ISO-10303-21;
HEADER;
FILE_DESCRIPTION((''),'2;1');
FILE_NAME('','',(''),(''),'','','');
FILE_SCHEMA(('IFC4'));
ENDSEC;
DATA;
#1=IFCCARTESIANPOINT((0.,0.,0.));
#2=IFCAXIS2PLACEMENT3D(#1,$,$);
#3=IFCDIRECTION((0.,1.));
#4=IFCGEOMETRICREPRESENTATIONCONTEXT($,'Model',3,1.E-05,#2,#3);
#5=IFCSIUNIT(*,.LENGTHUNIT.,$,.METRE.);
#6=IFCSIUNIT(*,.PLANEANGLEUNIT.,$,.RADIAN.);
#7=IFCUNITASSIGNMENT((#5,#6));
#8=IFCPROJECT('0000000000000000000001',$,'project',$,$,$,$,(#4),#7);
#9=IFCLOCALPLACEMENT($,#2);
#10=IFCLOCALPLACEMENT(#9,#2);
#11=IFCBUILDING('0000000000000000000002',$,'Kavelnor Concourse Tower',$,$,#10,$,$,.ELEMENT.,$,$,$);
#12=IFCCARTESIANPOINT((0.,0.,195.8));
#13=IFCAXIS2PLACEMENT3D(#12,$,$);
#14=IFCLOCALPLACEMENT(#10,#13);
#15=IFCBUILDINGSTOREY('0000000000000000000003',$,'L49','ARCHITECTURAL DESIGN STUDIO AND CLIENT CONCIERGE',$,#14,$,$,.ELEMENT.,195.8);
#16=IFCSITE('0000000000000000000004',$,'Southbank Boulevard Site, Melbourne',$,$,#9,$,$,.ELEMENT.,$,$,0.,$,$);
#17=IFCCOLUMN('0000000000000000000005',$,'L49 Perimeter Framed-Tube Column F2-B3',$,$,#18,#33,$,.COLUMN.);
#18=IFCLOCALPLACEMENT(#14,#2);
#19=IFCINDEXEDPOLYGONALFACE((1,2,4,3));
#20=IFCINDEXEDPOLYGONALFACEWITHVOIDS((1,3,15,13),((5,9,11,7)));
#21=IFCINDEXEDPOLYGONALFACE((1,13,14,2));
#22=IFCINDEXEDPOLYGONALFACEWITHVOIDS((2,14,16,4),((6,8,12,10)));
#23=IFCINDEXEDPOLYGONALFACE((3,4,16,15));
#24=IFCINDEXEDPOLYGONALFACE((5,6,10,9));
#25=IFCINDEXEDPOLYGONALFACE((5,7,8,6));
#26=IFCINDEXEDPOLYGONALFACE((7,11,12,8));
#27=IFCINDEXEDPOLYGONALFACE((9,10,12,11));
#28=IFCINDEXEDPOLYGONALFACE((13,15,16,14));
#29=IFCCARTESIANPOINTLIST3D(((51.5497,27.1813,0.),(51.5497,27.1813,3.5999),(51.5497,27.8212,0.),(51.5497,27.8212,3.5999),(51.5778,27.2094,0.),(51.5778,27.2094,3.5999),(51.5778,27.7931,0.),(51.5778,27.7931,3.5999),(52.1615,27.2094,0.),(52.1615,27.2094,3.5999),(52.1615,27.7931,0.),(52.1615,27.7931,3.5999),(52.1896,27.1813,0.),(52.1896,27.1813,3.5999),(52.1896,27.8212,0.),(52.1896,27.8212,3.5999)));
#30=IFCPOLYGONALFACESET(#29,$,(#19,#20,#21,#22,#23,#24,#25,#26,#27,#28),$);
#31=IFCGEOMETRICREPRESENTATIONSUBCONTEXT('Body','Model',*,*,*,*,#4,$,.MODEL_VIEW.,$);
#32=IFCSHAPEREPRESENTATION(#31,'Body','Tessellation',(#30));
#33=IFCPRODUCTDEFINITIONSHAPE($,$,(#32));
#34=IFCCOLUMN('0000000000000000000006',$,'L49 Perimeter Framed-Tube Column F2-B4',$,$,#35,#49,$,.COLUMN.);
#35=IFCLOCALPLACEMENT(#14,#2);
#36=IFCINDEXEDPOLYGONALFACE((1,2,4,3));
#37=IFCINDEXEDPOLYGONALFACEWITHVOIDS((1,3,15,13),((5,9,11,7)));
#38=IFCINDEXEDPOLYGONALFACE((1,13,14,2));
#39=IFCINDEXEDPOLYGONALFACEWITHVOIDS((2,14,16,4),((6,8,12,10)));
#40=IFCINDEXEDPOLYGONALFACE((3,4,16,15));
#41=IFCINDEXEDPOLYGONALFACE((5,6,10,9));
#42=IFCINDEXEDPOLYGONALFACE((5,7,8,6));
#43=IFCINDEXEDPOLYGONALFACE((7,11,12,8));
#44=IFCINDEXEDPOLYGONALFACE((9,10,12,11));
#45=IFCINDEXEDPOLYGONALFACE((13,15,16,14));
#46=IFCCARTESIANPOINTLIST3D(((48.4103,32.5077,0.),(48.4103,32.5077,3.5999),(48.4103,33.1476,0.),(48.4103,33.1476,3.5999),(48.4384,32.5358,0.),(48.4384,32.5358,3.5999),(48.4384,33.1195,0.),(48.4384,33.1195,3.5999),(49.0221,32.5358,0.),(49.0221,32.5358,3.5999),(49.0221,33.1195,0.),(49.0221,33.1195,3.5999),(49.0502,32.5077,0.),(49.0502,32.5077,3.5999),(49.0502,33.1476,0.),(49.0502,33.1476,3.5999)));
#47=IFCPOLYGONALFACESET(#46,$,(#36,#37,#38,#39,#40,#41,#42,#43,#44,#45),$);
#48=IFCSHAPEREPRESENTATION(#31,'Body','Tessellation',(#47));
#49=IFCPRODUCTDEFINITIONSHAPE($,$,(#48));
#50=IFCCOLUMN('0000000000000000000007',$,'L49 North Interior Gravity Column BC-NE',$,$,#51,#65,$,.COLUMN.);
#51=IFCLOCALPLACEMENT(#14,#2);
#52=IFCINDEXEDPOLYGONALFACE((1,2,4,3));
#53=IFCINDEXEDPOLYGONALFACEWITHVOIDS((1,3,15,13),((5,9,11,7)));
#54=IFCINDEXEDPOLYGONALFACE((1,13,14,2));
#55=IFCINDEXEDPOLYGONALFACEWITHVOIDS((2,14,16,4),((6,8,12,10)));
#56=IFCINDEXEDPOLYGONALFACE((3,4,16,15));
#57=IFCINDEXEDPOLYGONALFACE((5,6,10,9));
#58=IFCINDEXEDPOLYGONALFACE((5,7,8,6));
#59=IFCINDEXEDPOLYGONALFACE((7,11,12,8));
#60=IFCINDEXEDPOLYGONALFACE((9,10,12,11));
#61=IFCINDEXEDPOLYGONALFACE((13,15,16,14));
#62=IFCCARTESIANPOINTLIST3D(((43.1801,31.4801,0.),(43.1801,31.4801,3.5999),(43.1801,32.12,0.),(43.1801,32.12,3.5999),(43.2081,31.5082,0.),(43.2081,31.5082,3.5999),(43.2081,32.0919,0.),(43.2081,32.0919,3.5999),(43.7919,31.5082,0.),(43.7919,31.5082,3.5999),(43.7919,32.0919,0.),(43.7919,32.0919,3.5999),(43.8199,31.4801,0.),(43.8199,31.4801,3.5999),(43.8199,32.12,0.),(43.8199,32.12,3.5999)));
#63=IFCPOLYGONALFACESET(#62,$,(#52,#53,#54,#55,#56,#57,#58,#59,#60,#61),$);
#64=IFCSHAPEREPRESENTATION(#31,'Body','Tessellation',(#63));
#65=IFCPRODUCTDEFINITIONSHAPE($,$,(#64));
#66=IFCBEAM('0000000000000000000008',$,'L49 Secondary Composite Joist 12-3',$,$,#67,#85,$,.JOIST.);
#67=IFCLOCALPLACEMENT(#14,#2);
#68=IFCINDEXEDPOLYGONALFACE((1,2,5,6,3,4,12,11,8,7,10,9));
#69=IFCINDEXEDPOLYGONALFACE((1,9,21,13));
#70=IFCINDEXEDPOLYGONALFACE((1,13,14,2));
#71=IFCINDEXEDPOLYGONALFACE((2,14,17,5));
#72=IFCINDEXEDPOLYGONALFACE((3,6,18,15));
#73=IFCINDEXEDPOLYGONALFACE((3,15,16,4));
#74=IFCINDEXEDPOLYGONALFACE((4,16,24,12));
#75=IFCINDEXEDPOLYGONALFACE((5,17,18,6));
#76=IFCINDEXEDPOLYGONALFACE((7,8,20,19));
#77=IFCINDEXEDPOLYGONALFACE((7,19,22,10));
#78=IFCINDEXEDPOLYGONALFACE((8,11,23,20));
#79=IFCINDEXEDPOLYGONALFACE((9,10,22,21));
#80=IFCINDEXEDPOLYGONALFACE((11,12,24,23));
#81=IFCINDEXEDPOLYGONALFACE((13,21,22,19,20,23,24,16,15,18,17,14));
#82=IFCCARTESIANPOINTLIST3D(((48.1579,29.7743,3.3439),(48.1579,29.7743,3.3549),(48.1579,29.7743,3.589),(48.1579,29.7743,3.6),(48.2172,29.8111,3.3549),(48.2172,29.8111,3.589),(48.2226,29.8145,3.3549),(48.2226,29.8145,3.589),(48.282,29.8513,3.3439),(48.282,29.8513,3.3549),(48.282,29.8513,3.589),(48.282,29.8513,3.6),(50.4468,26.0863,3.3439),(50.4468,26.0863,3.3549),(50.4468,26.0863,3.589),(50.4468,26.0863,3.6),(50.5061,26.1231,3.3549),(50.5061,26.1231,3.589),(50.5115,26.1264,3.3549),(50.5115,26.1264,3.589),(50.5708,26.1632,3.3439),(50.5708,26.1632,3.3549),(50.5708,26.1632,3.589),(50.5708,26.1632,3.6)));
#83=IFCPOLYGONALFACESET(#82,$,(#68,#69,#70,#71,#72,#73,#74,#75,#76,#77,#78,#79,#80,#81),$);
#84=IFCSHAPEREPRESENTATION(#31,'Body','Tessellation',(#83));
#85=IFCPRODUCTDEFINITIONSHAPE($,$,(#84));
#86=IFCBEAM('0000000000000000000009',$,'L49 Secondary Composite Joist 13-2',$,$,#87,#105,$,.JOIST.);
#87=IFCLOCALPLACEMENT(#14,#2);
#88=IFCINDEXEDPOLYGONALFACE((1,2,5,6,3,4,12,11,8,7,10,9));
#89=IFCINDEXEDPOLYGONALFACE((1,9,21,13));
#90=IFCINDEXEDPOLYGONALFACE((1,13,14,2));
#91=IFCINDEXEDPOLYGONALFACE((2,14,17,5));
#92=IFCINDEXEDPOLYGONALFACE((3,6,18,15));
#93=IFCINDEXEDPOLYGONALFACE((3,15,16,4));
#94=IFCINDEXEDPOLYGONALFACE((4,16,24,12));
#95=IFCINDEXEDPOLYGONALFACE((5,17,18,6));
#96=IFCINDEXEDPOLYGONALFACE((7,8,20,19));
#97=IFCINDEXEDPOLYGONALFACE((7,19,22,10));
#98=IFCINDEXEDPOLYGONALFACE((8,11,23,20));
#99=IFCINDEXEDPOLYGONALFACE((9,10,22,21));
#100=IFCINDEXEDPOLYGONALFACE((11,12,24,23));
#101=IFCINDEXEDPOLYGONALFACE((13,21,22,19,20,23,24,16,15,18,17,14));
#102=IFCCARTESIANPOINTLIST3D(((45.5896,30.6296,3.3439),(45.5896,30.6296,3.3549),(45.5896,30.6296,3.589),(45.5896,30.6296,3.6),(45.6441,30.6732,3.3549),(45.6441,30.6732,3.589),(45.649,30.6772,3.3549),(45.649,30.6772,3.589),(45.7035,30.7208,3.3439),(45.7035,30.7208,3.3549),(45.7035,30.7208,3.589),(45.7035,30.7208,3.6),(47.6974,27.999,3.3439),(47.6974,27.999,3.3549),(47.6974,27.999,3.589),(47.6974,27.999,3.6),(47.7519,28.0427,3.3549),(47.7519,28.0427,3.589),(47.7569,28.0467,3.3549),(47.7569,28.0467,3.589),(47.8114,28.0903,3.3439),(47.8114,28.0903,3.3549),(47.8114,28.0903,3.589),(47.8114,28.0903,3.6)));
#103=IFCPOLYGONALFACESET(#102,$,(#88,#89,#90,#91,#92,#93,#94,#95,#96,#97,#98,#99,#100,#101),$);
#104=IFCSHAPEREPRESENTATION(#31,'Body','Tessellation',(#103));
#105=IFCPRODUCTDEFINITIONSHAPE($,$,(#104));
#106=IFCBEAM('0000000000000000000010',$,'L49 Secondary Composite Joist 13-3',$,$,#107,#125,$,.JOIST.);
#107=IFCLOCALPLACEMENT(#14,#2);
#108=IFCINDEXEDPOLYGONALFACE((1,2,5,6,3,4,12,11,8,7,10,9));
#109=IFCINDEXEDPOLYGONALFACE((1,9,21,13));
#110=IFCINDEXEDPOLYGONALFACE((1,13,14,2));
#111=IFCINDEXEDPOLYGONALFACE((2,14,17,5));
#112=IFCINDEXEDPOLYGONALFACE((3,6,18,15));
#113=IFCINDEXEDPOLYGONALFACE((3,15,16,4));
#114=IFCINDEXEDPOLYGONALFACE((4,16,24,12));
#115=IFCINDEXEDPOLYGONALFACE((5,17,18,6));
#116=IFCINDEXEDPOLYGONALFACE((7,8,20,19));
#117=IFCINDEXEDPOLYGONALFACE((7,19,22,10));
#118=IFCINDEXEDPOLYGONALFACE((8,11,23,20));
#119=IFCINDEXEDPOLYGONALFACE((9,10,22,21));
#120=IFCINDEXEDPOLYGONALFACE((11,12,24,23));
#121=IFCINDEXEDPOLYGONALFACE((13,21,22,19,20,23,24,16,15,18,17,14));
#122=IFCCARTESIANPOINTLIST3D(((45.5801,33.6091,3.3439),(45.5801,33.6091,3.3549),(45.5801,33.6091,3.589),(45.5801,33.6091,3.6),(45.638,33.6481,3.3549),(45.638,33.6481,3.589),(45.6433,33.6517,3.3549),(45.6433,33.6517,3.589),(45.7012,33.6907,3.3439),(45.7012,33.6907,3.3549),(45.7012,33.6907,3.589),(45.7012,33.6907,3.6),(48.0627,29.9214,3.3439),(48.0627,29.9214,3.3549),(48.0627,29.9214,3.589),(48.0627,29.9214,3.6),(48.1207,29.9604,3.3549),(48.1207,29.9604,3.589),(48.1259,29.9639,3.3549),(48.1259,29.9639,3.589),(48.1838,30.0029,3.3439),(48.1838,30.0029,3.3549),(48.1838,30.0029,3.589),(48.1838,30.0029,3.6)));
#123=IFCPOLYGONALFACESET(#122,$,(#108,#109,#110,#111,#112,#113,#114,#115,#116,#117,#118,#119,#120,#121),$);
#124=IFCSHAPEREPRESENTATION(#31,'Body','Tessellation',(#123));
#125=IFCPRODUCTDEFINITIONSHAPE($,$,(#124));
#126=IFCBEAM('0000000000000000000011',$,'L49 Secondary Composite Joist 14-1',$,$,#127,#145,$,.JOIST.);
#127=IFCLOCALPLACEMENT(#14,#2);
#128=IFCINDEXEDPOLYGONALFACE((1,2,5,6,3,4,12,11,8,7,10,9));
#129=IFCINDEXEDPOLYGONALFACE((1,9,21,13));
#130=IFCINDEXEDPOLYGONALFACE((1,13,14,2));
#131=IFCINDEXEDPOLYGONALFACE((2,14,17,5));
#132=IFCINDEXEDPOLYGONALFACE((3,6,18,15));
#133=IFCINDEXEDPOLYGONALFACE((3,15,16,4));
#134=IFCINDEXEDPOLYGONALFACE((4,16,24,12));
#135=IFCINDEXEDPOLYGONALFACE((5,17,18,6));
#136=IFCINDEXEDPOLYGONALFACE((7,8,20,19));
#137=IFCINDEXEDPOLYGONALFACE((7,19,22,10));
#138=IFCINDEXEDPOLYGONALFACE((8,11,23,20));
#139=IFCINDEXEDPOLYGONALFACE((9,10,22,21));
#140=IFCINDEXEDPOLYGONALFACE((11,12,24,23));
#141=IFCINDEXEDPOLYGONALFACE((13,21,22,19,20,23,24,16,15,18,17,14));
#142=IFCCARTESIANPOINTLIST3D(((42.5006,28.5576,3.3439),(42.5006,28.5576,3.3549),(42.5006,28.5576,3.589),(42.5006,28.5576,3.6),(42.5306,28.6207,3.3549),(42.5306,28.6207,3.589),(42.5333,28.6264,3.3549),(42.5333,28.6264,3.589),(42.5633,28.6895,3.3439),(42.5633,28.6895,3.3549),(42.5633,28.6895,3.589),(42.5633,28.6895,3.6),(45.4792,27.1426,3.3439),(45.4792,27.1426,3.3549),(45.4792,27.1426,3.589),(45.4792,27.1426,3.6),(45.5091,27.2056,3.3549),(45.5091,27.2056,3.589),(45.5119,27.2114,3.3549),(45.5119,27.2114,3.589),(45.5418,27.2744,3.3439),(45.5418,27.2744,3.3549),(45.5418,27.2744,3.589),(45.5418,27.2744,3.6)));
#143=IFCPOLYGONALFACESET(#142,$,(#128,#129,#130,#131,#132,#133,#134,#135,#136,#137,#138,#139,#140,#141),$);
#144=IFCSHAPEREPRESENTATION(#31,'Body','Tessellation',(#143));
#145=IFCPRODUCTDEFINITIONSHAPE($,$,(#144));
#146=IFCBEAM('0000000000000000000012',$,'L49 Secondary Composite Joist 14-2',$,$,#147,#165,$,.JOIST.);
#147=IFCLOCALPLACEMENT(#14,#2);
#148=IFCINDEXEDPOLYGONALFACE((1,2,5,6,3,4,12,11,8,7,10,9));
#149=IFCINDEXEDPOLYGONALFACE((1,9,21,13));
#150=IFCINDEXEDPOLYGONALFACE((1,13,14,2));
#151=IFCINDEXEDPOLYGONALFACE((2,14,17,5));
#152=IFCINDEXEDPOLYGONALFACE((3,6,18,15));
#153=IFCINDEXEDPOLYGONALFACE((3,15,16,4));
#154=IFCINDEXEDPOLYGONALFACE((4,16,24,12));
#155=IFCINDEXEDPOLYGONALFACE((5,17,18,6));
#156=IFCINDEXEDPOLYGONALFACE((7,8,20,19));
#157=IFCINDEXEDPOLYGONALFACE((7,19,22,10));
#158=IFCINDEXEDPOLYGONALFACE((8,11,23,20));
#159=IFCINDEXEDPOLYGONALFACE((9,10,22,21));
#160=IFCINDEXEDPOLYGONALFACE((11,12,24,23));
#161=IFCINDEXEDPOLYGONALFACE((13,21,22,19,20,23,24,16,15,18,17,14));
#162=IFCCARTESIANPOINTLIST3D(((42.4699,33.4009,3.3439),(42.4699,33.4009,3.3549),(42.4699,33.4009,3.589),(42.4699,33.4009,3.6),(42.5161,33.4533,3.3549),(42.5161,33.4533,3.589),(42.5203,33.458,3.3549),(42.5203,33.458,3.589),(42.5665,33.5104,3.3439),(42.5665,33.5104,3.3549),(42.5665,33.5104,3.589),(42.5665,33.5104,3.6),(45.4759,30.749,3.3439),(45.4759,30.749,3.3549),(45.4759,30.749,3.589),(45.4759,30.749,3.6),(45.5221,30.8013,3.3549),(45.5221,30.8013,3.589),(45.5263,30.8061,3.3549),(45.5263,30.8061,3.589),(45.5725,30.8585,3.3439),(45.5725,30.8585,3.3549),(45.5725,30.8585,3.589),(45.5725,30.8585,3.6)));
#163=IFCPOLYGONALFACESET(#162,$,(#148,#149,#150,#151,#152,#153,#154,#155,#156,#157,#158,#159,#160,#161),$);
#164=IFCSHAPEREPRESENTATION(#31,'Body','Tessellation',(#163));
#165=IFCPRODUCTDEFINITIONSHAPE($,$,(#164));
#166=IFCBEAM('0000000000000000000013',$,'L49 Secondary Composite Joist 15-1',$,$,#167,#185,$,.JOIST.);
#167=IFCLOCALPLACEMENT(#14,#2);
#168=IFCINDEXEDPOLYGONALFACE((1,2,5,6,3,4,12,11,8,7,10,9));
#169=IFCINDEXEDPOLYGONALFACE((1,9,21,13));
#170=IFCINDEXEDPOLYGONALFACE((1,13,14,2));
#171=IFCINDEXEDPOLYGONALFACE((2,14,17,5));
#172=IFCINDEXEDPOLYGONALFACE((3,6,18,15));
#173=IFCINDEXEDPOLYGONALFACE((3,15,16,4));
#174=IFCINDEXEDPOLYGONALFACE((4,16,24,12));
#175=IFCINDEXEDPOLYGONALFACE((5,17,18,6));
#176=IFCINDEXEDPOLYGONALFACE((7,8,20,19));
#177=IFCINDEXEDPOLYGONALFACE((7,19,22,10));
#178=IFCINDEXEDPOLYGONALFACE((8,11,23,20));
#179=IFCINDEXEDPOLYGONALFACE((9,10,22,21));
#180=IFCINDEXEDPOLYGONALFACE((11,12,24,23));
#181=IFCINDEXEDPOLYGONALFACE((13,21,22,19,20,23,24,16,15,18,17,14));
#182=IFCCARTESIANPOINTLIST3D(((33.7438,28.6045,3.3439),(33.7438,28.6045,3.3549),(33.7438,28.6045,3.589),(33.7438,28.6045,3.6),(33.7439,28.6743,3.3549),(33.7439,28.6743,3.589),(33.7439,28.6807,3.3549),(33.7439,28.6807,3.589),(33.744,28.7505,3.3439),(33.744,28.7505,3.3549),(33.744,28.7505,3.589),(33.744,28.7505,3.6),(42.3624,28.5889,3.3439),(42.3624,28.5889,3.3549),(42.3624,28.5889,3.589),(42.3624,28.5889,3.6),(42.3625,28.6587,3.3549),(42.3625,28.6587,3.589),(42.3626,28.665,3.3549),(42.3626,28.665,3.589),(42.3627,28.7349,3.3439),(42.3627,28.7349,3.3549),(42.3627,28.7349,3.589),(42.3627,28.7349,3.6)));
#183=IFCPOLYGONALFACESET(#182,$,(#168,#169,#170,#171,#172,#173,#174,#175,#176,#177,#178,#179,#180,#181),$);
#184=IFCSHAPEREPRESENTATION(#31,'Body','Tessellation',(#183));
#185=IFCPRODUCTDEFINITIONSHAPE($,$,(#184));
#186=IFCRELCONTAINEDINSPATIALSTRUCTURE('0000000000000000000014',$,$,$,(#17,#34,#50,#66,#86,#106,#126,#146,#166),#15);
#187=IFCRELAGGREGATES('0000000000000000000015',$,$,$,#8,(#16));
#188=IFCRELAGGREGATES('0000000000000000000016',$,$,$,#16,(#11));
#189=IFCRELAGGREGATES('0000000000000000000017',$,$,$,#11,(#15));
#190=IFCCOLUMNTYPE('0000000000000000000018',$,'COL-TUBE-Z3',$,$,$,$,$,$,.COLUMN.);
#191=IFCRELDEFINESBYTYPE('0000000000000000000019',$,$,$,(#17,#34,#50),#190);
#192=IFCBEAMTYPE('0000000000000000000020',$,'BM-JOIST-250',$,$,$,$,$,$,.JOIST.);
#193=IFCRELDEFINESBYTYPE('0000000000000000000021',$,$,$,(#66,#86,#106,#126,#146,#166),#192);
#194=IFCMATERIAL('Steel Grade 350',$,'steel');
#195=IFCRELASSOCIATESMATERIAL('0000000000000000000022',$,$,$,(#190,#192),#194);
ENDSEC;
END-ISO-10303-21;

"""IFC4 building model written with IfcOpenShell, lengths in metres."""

from ifc_helpers import new_model, si_unit, direction, frame, origin, origin_2d, place, context, subcontext, project, spatial, hollow_rectangle, i_section, extrude, material, material_profile, profile_set, type_object, element, save


model = new_model("IFC4")

# Units and contexts
model_context = context("Model", 3, precision=1e-05, world=origin(), true_north=direction((0.0, 1.0)))
body_context = subcontext(model_context, "Body", "Model", "MODEL_VIEW")
ifc_project = project(units=[si_unit("LENGTHUNIT", "METRE"), si_unit("PLANEANGLEUNIT", "RADIAN")], contexts=[model_context])

# Site, building, storey
site_placement = place(None, origin())
site = spatial("IfcSite", under=ifc_project, at=site_placement, Name="Southbank Boulevard Site, Melbourne", CompositionType="ELEMENT", RefElevation=0.0)
building_placement = place(site_placement, origin())
building = spatial("IfcBuilding", under=site, at=building_placement, Name="Kavelnor Concourse Tower", CompositionType="ELEMENT")
storey_placement = place(building_placement, frame((0.0, 0.0, 195.8)))
storey = spatial("IfcBuildingStorey", under=building, at=storey_placement, Name="L49", Description="ARCHITECTURAL DESIGN STUDIO AND CLIENT CONCIERGE", CompositionType="ELEMENT", Elevation=195.8)

# Columns
ifc_material_1 = material(Name="Steel Grade 350", Category="steel")
ifc_material_profile_1 = material_profile(ifc_material_1, hollow_rectangle(XDim=0.6399, YDim=0.6399, WallThickness=0.0281, at=origin_2d()), Name="SHS 640x640x28")
ifc_profile_set_1 = profile_set([ifc_material_profile_1], Name="Steel Grade 350")
column_type = type_object("IfcColumnType", Name="COL-TUBE-Z3", PredefinedType="COLUMN", material=ifc_profile_set_1)
for number, where, z_axis, x_axis, name in (
    (1, (51.8696, 27.5012, 0.0), (0.0, 0.0, 1.0), (1.0, 0.0, 0.0), "L49 Perimeter Framed-Tube Column F2-B3"),
    (2, (48.7302, 32.8276, 0.0), (0.0, 0.0, 1.0), (1.0, 0.0, 0.0), "L49 Perimeter Framed-Tube Column F2-B4"),
    (3, (43.5, 31.8, 0.0), (0.0, 0.0, 1.0), (1.0, 0.0, 0.0), "L49 North Interior Gravity Column BC-NE"),
):
    element("IfcColumn", number, at=place(storey_placement, frame(where, z_axis=z_axis, x_axis=x_axis)), inside=storey, type_object=column_type, Name=name, PredefinedType="COLUMN", context=body_context, shape_type="SweptSolid", body=[
        extrude(hollow_rectangle(XDim=0.6399, YDim=0.6399, WallThickness=0.0281, at=origin_2d()), origin(), (0.0, 0.0, 1.0), 3.5999),
    ])

# Beams
ifc_material_profile_2 = material_profile(ifc_material_1, i_section(OverallWidth=0.146, OverallDepth=0.2561, WebThickness=0.0063, FlangeThickness=0.011, at=origin_2d()), Name="250UB37")
ifc_profile_set_2 = profile_set([ifc_material_profile_2], Name="Steel Grade 350")
beam_type_1 = type_object("IfcBeamType", Name="BM-JOIST-250", PredefinedType="JOIST", material=ifc_profile_set_2)
beam_1_placement = place(storey_placement, frame((50.5088, 26.1248, 3.4719), z_axis=(-0.527317, 0.849669, 0.0), x_axis=(-0.849669, -0.527317, 0.0)))
element("IfcBeam", 4, at=beam_1_placement, inside=storey, type_object=beam_type_1, Name="L49 Secondary Composite Joist 12-3", PredefinedType="JOIST", context=body_context, shape_type="SweptSolid", body=[
    extrude(i_section(OverallWidth=0.146, OverallDepth=0.2561, WebThickness=0.0063, FlangeThickness=0.011, at=origin_2d()), origin(), (0.0, 0.0, 1.0), 4.3406),
])
beam_2_placement = place(storey_placement, frame((47.7544, 28.0447, 3.4719), z_axis=(-0.625313, 0.780374, 0.0), x_axis=(-0.780374, -0.625313, 0.0)))
element("IfcBeam", 5, at=beam_2_placement, inside=storey, type_object=beam_type_1, Name="L49 Secondary Composite Joist 13-2", PredefinedType="JOIST", context=body_context, shape_type="SweptSolid", body=[
    extrude(i_section(OverallWidth=0.146, OverallDepth=0.2561, WebThickness=0.0063, FlangeThickness=0.011, at=origin_2d()), origin(), (0.0, 0.0, 1.0), 3.3708),
])
beam_3_placement = place(storey_placement, frame((48.1233, 29.9622, 3.4719), z_axis=(-0.558458, 0.829532, 0.0), x_axis=(-0.829532, -0.558458, 0.0)))
element("IfcBeam", 6, at=beam_3_placement, inside=storey, type_object=beam_type_1, Name="L49 Secondary Composite Joist 13-3", PredefinedType="JOIST", context=body_context, shape_type="SweptSolid", body=[
    extrude(i_section(OverallWidth=0.146, OverallDepth=0.2561, WebThickness=0.0063, FlangeThickness=0.011, at=origin_2d()), origin(), (0.0, 0.0, 1.0), 4.4456),
])
beam_4_placement = place(storey_placement, frame((45.5105, 27.2085, 3.4719), z_axis=(-0.903249, 0.429117, 0.0), x_axis=(-0.429117, -0.903249, 0.0)))
element("IfcBeam", 7, at=beam_4_placement, inside=storey, type_object=beam_type_1, Name="L49 Secondary Composite Joist 14-1", PredefinedType="JOIST", context=body_context, shape_type="SweptSolid", body=[
    extrude(i_section(OverallWidth=0.146, OverallDepth=0.2561, WebThickness=0.0063, FlangeThickness=0.011, at=origin_2d()), origin(), (0.0, 0.0, 1.0), 3.2976),
])
beam_5_placement = place(storey_placement, frame((45.5242, 30.8037, 3.4719), z_axis=(-0.749884, 0.661569, 0.0), x_axis=(-0.661569, -0.749884, 0.0)))
element("IfcBeam", 8, at=beam_5_placement, inside=storey, type_object=beam_type_1, Name="L49 Secondary Composite Joist 14-2", PredefinedType="JOIST", context=body_context, shape_type="SweptSolid", body=[
    extrude(i_section(OverallWidth=0.146, OverallDepth=0.2561, WebThickness=0.0063, FlangeThickness=0.011, at=origin_2d()), origin(), (0.0, 0.0, 1.0), 4.0085),
])
beam_6_placement = place(storey_placement, frame((42.3625, 28.6619, 3.4719), z_axis=(-0.999998, 0.001813, 0.0), x_axis=(-0.001813, -0.999998, 0.0)))
element("IfcBeam", 9, at=beam_6_placement, inside=storey, type_object=beam_type_1, Name="L49 Secondary Composite Joist 15-1", PredefinedType="JOIST", context=body_context, shape_type="SweptSolid", body=[
    extrude(i_section(OverallWidth=0.146, OverallDepth=0.2561, WebThickness=0.0063, FlangeThickness=0.011, at=origin_2d()), origin(), (0.0, 0.0, 1.0), 8.6187),
])

save(model, "model.ifc")
